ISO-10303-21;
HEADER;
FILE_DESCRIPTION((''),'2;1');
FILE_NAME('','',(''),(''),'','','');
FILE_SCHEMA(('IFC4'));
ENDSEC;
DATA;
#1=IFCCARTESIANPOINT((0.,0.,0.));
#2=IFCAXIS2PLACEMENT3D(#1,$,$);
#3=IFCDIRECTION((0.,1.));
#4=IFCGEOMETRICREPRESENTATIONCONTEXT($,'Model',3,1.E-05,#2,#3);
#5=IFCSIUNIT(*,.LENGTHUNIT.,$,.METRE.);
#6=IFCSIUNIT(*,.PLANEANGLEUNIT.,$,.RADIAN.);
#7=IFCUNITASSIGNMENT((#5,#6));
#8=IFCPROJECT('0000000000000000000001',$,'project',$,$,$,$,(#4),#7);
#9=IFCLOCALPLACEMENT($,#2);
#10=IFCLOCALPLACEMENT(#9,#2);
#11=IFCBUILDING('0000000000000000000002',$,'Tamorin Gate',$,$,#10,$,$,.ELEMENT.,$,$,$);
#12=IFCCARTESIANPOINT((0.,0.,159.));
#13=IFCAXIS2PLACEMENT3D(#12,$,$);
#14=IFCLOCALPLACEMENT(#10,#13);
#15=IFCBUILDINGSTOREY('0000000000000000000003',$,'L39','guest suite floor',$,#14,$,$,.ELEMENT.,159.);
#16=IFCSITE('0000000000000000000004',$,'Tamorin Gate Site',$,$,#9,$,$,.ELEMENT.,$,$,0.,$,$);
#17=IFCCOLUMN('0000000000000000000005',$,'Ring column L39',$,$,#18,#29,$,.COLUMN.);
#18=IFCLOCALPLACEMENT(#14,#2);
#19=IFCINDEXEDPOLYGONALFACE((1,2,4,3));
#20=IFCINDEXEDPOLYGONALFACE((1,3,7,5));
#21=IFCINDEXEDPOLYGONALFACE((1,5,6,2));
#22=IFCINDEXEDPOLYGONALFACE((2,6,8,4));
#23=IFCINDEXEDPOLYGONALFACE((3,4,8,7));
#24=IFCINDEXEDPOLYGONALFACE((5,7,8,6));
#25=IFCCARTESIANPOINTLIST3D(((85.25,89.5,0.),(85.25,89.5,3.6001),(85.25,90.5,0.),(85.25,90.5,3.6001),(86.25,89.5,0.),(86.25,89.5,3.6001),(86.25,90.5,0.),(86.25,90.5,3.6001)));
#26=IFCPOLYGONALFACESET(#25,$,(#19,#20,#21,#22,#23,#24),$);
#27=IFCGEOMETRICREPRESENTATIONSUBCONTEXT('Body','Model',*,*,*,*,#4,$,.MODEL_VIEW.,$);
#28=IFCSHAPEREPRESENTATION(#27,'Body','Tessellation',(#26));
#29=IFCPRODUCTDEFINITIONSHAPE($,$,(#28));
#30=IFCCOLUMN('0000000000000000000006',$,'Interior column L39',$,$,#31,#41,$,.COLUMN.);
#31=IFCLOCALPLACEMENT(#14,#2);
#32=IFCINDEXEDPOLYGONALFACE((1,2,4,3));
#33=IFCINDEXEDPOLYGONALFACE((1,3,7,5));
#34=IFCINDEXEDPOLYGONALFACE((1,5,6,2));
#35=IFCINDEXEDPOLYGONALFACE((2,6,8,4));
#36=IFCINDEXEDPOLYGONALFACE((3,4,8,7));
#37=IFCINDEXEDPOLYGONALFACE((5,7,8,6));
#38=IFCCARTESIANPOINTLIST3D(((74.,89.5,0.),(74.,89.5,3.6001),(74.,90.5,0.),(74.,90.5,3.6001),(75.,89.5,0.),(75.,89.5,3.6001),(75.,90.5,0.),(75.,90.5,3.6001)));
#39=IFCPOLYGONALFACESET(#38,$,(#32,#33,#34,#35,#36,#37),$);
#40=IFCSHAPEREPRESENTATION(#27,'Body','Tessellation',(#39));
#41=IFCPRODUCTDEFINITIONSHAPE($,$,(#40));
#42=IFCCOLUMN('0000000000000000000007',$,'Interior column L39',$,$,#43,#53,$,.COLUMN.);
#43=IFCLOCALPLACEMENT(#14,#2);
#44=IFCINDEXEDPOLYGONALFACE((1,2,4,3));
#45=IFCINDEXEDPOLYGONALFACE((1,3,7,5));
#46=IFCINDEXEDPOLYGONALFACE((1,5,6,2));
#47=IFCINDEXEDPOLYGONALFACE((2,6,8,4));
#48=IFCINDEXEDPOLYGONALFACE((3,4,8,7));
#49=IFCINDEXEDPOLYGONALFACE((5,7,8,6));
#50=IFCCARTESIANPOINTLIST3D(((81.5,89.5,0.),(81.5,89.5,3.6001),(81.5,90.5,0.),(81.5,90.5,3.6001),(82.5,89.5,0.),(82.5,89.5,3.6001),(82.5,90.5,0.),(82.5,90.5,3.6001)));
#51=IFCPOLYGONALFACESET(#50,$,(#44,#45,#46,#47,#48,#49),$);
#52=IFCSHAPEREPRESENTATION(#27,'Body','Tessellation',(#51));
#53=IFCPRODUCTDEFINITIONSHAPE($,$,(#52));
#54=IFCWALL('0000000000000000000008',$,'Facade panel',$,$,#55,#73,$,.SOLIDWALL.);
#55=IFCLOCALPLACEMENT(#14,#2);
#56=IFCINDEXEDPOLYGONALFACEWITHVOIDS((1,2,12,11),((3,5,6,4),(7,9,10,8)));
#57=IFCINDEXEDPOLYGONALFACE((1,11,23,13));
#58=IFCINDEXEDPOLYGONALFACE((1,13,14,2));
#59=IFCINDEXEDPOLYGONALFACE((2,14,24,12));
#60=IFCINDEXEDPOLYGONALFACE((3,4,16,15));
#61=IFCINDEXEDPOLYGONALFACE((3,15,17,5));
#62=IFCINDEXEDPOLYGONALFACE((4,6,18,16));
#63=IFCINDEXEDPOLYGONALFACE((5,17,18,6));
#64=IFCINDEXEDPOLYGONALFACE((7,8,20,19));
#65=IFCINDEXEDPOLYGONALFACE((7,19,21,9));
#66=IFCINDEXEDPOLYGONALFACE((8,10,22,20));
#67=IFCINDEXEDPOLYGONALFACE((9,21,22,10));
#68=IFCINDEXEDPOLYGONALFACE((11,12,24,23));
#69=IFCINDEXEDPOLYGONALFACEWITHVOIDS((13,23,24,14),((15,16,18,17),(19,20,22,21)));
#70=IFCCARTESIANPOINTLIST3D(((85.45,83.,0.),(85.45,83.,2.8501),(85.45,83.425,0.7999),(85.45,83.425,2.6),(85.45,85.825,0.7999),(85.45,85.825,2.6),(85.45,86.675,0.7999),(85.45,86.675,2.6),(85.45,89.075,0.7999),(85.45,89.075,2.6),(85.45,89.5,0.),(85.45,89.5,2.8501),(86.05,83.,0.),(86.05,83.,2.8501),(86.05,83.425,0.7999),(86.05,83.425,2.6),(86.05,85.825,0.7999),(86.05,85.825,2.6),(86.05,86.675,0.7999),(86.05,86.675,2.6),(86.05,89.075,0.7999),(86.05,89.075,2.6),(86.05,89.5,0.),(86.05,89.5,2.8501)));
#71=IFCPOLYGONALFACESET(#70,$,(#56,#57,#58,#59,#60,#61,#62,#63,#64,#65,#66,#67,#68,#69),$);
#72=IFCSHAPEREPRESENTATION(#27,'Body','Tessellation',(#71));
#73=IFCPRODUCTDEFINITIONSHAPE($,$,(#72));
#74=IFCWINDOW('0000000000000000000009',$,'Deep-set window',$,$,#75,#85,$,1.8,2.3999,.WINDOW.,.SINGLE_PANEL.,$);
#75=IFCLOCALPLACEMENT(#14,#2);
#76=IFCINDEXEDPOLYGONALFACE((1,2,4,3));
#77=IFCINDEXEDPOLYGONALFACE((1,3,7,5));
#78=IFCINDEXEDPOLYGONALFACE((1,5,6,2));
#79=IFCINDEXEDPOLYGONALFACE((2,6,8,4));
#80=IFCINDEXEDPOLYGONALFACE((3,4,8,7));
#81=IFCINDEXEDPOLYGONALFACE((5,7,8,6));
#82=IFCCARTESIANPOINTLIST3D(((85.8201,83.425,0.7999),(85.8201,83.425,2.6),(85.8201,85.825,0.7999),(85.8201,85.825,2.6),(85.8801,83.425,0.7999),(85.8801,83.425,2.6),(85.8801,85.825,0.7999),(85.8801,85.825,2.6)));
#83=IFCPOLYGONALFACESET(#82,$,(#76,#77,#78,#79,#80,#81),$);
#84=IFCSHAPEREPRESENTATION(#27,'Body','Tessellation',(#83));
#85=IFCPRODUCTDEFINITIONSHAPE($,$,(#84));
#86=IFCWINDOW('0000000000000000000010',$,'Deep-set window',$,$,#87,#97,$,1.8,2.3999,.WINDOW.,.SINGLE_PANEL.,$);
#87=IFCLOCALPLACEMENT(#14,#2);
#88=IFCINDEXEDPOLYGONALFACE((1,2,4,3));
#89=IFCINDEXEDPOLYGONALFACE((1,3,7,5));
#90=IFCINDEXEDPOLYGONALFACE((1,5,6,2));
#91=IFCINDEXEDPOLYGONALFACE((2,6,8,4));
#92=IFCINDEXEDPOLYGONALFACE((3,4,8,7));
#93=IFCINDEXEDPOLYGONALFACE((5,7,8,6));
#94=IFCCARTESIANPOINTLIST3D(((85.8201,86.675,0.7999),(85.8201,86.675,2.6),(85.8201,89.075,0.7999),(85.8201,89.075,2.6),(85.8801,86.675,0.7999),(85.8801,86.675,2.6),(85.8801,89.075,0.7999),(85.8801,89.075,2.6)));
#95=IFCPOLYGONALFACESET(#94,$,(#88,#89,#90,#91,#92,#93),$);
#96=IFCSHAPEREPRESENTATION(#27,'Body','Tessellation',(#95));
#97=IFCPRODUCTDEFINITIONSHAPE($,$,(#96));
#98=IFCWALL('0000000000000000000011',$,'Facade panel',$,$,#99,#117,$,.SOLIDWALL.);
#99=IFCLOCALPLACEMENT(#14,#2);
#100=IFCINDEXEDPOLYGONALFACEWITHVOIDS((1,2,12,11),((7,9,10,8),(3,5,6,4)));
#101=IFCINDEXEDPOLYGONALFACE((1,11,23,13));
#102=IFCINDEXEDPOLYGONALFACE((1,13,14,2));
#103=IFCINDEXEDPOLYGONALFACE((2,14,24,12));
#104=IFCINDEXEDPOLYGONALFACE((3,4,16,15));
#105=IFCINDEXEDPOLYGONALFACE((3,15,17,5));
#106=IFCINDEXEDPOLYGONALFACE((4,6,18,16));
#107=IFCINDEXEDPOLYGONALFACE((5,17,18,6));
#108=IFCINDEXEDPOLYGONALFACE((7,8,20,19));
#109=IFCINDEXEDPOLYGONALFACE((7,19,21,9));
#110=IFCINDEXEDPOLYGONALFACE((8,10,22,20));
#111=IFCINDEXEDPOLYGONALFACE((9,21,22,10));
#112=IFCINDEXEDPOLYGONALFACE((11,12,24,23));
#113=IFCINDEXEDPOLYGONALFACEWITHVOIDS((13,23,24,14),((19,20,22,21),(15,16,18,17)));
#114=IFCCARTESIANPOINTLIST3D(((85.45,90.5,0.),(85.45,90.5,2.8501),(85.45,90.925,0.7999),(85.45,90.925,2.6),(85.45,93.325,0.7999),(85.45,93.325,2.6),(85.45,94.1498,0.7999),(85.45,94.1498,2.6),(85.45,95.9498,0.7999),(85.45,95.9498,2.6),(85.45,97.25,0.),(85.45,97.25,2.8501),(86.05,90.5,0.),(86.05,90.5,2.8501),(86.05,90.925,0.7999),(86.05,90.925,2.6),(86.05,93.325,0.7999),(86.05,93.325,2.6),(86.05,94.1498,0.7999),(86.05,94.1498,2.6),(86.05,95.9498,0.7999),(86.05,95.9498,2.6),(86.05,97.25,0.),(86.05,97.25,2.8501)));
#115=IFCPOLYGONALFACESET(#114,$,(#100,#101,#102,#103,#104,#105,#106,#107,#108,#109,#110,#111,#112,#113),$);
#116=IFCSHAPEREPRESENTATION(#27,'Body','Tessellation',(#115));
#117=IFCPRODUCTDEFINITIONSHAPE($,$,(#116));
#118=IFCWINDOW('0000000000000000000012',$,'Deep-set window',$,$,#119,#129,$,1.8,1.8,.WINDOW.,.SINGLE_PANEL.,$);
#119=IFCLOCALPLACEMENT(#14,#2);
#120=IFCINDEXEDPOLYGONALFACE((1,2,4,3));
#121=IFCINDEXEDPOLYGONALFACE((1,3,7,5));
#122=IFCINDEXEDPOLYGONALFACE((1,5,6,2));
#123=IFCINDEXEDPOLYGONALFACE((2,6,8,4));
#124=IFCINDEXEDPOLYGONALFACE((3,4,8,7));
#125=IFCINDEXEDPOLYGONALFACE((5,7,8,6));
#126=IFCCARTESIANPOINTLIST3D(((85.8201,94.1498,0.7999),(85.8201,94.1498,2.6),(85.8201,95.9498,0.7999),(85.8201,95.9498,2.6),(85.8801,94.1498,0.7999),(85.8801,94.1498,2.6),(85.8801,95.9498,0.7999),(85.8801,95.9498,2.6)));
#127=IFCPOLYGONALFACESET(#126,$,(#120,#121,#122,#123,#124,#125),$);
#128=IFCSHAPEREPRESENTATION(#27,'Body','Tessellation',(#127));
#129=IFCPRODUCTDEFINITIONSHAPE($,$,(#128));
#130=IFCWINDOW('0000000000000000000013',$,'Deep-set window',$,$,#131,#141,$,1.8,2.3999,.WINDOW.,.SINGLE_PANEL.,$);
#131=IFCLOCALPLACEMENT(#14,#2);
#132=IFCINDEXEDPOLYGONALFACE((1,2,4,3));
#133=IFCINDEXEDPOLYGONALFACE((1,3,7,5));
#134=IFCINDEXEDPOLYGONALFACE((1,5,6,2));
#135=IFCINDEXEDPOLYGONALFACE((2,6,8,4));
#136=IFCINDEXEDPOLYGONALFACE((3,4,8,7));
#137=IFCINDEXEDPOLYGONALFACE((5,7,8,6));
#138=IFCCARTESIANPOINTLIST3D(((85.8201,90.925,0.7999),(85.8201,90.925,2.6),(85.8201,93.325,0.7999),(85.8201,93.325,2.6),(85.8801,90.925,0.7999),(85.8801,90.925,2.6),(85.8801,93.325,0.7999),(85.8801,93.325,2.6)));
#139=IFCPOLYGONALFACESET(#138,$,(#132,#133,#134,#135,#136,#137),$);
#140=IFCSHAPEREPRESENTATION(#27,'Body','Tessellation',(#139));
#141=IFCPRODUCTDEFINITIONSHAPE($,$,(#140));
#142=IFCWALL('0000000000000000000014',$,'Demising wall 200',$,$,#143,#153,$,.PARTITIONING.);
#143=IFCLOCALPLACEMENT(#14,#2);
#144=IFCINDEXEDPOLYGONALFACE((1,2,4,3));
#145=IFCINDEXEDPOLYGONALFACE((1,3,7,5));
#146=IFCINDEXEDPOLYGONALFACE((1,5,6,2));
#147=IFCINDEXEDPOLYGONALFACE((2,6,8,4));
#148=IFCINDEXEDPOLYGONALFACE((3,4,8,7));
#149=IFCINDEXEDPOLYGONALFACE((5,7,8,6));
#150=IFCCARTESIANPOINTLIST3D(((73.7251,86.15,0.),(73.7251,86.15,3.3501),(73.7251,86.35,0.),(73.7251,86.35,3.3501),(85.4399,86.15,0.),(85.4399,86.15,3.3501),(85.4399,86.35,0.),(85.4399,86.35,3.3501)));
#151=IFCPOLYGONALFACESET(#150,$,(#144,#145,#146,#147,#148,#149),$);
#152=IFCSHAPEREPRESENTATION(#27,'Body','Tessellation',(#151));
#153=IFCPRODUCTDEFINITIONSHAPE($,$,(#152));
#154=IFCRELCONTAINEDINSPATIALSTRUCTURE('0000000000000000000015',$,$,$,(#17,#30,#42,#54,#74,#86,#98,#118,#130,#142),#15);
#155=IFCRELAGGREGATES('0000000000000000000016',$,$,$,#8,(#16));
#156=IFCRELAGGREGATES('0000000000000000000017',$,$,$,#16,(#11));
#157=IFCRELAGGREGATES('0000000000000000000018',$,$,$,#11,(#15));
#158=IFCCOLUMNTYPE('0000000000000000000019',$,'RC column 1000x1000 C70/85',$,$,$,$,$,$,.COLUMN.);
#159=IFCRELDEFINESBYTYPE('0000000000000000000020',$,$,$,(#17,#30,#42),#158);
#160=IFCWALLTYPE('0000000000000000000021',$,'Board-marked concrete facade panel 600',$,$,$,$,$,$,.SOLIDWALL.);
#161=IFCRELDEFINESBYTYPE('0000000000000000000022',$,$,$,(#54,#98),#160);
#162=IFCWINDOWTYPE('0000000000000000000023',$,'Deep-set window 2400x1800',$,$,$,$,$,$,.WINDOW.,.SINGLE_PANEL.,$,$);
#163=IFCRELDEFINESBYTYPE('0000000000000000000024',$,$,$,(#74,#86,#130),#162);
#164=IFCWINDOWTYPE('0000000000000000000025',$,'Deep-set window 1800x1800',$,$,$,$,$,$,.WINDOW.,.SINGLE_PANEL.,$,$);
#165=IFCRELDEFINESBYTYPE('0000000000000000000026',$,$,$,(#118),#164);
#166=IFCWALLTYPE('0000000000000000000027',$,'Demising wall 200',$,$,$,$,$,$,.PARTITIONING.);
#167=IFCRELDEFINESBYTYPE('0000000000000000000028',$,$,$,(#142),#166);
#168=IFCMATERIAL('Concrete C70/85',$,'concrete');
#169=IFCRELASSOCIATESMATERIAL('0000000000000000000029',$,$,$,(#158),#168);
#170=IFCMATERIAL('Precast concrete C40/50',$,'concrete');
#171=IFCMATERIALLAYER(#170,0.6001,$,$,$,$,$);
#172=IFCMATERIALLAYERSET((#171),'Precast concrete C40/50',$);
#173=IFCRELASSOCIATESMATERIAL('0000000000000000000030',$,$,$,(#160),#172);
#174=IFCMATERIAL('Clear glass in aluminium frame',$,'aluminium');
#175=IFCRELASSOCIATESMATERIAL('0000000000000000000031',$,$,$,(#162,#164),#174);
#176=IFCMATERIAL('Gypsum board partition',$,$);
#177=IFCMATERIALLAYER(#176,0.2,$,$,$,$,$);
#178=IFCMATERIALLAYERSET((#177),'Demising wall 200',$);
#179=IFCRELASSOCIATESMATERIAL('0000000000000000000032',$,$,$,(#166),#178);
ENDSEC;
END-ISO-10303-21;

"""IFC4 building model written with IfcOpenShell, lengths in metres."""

from ifc_helpers import new_model, si_unit, direction, frame, frame_2d, origin, origin_2d, place, context, subcontext, project, spatial, rectangle, extrude, material, layer, layer_set, material_profile, profile_set, type_object, element, fill, save


model = new_model("IFC4")

# Units and contexts
model_context = context("Model", 3, precision=1e-05, world=origin(), true_north=direction((0.0, 1.0)))
body_context = subcontext(model_context, "Body", "Model", "MODEL_VIEW")
ifc_project = project(units=[si_unit("LENGTHUNIT", "METRE"), si_unit("PLANEANGLEUNIT", "RADIAN")], contexts=[model_context])

# Site, building, storey
site_placement = place(None, origin())
site = spatial("IfcSite", under=ifc_project, at=site_placement, Name="Tamorin Gate Site", CompositionType="ELEMENT", RefElevation=0.0)
building_placement = place(site_placement, origin())
building = spatial("IfcBuilding", under=site, at=building_placement, Name="Tamorin Gate", CompositionType="ELEMENT")
storey_placement = place(building_placement, frame((0.0, 0.0, 159.0)))
storey = spatial("IfcBuildingStorey", under=building, at=storey_placement, Name="L39", Description="guest suite floor", CompositionType="ELEMENT", Elevation=159.0)

# Columns
ifc_material_1 = material(Name="Concrete C70/85", Category="concrete")
ifc_material_profile = material_profile(ifc_material_1, rectangle(XDim=1.0, YDim=1.0, at=origin_2d()), Name="RC 1000x1000")
ifc_profile_set = profile_set([ifc_material_profile], Name="Concrete C70/85")
column_type = type_object("IfcColumnType", Name="RC column 1000x1000 C70/85", PredefinedType="COLUMN", material=ifc_profile_set)
for number, where, z_axis, x_axis, name in (
    (1, (85.75, 90.0, 0.0), (0.0, 0.0, 1.0), (1.0, 0.0, 0.0), "Ring column L39"),
    (2, (74.5, 90.0, 0.0), (0.0, 0.0, 1.0), (1.0, 0.0, 0.0), "Interior column L39"),
    (3, (82.0, 90.0, 0.0), (0.0, 0.0, 1.0), (1.0, 0.0, 0.0), "Interior column L39"),
):
    element("IfcColumn", number, at=place(storey_placement, frame(where, z_axis=z_axis, x_axis=x_axis)), inside=storey, type_object=column_type, Name=name, PredefinedType="COLUMN", context=body_context, shape_type="SweptSolid", body=[
        extrude(rectangle(XDim=1.0, YDim=1.0, at=origin_2d()), origin(), (0.0, 0.0, 1.0), 3.6001),
    ])

# Walls, openings, windows
ifc_material_2 = material(Name="Precast concrete C40/50", Category="concrete")
ifc_layer_1 = layer(ifc_material_2, 0.6001)
ifc_layer_set_1 = layer_set([ifc_layer_1], Name="Precast concrete C40/50")
wall_type_1 = type_object("IfcWallType", Name="Board-marked concrete facade panel 600", PredefinedType="SOLIDWALL", material=ifc_layer_set_1)
wall_1_placement = place(storey_placement, frame((85.75, 83.0, 0.0), z_axis=(0.0, 0.0, 1.0), x_axis=(0.0, 1.0, 0.0)))
wall_1 = element("IfcWall", 4, at=wall_1_placement, inside=storey, type_object=wall_type_1, Name="Facade panel", PredefinedType="SOLIDWALL", context=body_context, shape_type="SweptSolid", body=[
    extrude(rectangle(XDim=6.5, YDim=0.6001, at=frame_2d((3.25, 0.0))), origin(), (0.0, 0.0, 1.0), 2.8501),
])
opening_1_placement = place(wall_1_placement, frame((0.425, 0.0, 0.8)))
opening_1 = element("IfcOpeningElement", 5, at=opening_1_placement, cuts=wall_1, PredefinedType="OPENING", context=body_context, shape_type="SweptSolid", body=[
    extrude(rectangle(XDim=2.3999, YDim=1.8, at=frame_2d((1.2, 0.8999))), frame((0.0, 0.3101, 0.0), z_axis=(0.0, -1.0, 0.0), x_axis=(1.0, 0.0, 0.0)), (0.0, 0.0, 1.0), 0.6201),
])
opening_2_placement = place(wall_1_placement, frame((3.675, 0.0, 0.8)))
opening_2 = element("IfcOpeningElement", 6, at=opening_2_placement, cuts=wall_1, PredefinedType="OPENING", context=body_context, shape_type="SweptSolid", body=[
    extrude(rectangle(XDim=2.3999, YDim=1.8, at=frame_2d((1.2, 0.8999))), frame((0.0, 0.3101, 0.0), z_axis=(0.0, -1.0, 0.0), x_axis=(1.0, 0.0, 0.0)), (0.0, 0.0, 1.0), 0.6201),
])
ifc_material_3 = material(Name="Clear glass in aluminium frame", Category="aluminium")
window_type_1 = type_object("IfcWindowType", Name="Deep-set window 2400x1800", PartitioningType="SINGLE_PANEL", PredefinedType="WINDOW", material=ifc_material_3)
window_1_placement = place(opening_1_placement, origin())
window_1 = element("IfcWindow", 7, at=window_1_placement, inside=storey, type_object=window_type_1, Name="Deep-set window", OverallHeight=1.8, OverallWidth=2.3999, PartitioningType="SINGLE_PANEL", PredefinedType="WINDOW", context=body_context, shape_type="SweptSolid", body=[
    extrude(rectangle(XDim=2.3999, YDim=1.8, at=frame_2d((1.2, 0.8999))), frame((0.0, -0.0701, 0.0), z_axis=(0.0, -1.0, 0.0), x_axis=(1.0, 0.0, 0.0)), (0.0, 0.0, 1.0), 0.0601),
])
fill(opening_1, window_1)
window_2_placement = place(opening_2_placement, origin())
window_2 = element("IfcWindow", 8, at=window_2_placement, inside=storey, type_object=window_type_1, Name="Deep-set window", OverallHeight=1.8, OverallWidth=2.3999, PartitioningType="SINGLE_PANEL", PredefinedType="WINDOW", context=body_context, shape_type="SweptSolid", body=[
    extrude(rectangle(XDim=2.3999, YDim=1.8, at=frame_2d((1.2, 0.8999))), frame((0.0, -0.0701, 0.0), z_axis=(0.0, -1.0, 0.0), x_axis=(1.0, 0.0, 0.0)), (0.0, 0.0, 1.0), 0.0601),
])
fill(opening_2, window_2)
wall_2_placement = place(storey_placement, frame((85.75, 90.5, 0.0), z_axis=(0.0, 0.0, 1.0), x_axis=(0.0, 1.0, 0.0)))
wall_2 = element("IfcWall", 9, at=wall_2_placement, inside=storey, type_object=wall_type_1, Name="Facade panel", PredefinedType="SOLIDWALL", context=body_context, shape_type="SweptSolid", body=[
    extrude(rectangle(XDim=6.75, YDim=0.6001, at=frame_2d((3.375, 0.0))), origin(), (0.0, 0.0, 1.0), 2.8501),
])
opening_3_placement = place(wall_2_placement, frame((0.425, 0.0, 0.8)))
opening_3 = element("IfcOpeningElement", 10, at=opening_3_placement, cuts=wall_2, PredefinedType="OPENING", context=body_context, shape_type="SweptSolid", body=[
    extrude(rectangle(XDim=2.3999, YDim=1.8, at=frame_2d((1.2, 0.8999))), frame((0.0, 0.3101, 0.0), z_axis=(0.0, -1.0, 0.0), x_axis=(1.0, 0.0, 0.0)), (0.0, 0.0, 1.0), 0.6201),
])
opening_4_placement = place(wall_2_placement, frame((3.6499, 0.0, 0.8)))
opening_4 = element("IfcOpeningElement", 11, at=opening_4_placement, cuts=wall_2, PredefinedType="OPENING", context=body_context, shape_type="SweptSolid", body=[
    extrude(rectangle(XDim=1.8, YDim=1.8, at=frame_2d((0.8999, 0.8999))), frame((0.0, 0.3101, 0.0), z_axis=(0.0, -1.0, 0.0), x_axis=(1.0, 0.0, 0.0)), (0.0, 0.0, 1.0), 0.6201),
])
window_type_2 = type_object("IfcWindowType", Name="Deep-set window 1800x1800", PartitioningType="SINGLE_PANEL", PredefinedType="WINDOW", material=ifc_material_3)
window_3_placement = place(opening_4_placement, origin())
window_3 = element("IfcWindow", 12, at=window_3_placement, inside=storey, type_object=window_type_2, Name="Deep-set window", OverallHeight=1.8, OverallWidth=1.8, PartitioningType="SINGLE_PANEL", PredefinedType="WINDOW", context=body_context, shape_type="SweptSolid", body=[
    extrude(rectangle(XDim=1.8, YDim=1.8, at=frame_2d((0.8999, 0.8999))), frame((0.0, -0.0701, 0.0), z_axis=(0.0, -1.0, 0.0), x_axis=(1.0, 0.0, 0.0)), (0.0, 0.0, 1.0), 0.0601),
])
fill(opening_4, window_3)
window_4_placement = place(opening_3_placement, origin())
window_4 = element("IfcWindow", 13, at=window_4_placement, inside=storey, type_object=window_type_1, Name="Deep-set window", OverallHeight=1.8, OverallWidth=2.3999, PartitioningType="SINGLE_PANEL", PredefinedType="WINDOW", context=body_context, shape_type="SweptSolid", body=[
    extrude(rectangle(XDim=2.3999, YDim=1.8, at=frame_2d((1.2, 0.8999))), frame((0.0, -0.0701, 0.0), z_axis=(0.0, -1.0, 0.0), x_axis=(1.0, 0.0, 0.0)), (0.0, 0.0, 1.0), 0.0601),
])
fill(opening_3, window_4)

# Wall
ifc_material_4 = material(Name="Gypsum board partition")
ifc_layer_2 = layer(ifc_material_4, 0.2)
ifc_layer_set_2 = layer_set([ifc_layer_2], Name="Demising wall 200")
wall_type_2 = type_object("IfcWallType", Name="Demising wall 200", PredefinedType="PARTITIONING", material=ifc_layer_set_2)
wall_3_placement = place(storey_placement, frame((73.7251, 86.25, 0.0), z_axis=(0.0, 0.0, 1.0), x_axis=(1.0, 0.0, 0.0)))
element("IfcWall", 14, at=wall_3_placement, inside=storey, type_object=wall_type_2, Name="Demising wall 200", PredefinedType="PARTITIONING", context=body_context, shape_type="SweptSolid", body=[
    extrude(rectangle(XDim=11.7148, YDim=0.2, at=frame_2d((5.8574, 0.0))), origin(), (0.0, 0.0, 1.0), 3.3501),
])

save(model, "model.ifc")
